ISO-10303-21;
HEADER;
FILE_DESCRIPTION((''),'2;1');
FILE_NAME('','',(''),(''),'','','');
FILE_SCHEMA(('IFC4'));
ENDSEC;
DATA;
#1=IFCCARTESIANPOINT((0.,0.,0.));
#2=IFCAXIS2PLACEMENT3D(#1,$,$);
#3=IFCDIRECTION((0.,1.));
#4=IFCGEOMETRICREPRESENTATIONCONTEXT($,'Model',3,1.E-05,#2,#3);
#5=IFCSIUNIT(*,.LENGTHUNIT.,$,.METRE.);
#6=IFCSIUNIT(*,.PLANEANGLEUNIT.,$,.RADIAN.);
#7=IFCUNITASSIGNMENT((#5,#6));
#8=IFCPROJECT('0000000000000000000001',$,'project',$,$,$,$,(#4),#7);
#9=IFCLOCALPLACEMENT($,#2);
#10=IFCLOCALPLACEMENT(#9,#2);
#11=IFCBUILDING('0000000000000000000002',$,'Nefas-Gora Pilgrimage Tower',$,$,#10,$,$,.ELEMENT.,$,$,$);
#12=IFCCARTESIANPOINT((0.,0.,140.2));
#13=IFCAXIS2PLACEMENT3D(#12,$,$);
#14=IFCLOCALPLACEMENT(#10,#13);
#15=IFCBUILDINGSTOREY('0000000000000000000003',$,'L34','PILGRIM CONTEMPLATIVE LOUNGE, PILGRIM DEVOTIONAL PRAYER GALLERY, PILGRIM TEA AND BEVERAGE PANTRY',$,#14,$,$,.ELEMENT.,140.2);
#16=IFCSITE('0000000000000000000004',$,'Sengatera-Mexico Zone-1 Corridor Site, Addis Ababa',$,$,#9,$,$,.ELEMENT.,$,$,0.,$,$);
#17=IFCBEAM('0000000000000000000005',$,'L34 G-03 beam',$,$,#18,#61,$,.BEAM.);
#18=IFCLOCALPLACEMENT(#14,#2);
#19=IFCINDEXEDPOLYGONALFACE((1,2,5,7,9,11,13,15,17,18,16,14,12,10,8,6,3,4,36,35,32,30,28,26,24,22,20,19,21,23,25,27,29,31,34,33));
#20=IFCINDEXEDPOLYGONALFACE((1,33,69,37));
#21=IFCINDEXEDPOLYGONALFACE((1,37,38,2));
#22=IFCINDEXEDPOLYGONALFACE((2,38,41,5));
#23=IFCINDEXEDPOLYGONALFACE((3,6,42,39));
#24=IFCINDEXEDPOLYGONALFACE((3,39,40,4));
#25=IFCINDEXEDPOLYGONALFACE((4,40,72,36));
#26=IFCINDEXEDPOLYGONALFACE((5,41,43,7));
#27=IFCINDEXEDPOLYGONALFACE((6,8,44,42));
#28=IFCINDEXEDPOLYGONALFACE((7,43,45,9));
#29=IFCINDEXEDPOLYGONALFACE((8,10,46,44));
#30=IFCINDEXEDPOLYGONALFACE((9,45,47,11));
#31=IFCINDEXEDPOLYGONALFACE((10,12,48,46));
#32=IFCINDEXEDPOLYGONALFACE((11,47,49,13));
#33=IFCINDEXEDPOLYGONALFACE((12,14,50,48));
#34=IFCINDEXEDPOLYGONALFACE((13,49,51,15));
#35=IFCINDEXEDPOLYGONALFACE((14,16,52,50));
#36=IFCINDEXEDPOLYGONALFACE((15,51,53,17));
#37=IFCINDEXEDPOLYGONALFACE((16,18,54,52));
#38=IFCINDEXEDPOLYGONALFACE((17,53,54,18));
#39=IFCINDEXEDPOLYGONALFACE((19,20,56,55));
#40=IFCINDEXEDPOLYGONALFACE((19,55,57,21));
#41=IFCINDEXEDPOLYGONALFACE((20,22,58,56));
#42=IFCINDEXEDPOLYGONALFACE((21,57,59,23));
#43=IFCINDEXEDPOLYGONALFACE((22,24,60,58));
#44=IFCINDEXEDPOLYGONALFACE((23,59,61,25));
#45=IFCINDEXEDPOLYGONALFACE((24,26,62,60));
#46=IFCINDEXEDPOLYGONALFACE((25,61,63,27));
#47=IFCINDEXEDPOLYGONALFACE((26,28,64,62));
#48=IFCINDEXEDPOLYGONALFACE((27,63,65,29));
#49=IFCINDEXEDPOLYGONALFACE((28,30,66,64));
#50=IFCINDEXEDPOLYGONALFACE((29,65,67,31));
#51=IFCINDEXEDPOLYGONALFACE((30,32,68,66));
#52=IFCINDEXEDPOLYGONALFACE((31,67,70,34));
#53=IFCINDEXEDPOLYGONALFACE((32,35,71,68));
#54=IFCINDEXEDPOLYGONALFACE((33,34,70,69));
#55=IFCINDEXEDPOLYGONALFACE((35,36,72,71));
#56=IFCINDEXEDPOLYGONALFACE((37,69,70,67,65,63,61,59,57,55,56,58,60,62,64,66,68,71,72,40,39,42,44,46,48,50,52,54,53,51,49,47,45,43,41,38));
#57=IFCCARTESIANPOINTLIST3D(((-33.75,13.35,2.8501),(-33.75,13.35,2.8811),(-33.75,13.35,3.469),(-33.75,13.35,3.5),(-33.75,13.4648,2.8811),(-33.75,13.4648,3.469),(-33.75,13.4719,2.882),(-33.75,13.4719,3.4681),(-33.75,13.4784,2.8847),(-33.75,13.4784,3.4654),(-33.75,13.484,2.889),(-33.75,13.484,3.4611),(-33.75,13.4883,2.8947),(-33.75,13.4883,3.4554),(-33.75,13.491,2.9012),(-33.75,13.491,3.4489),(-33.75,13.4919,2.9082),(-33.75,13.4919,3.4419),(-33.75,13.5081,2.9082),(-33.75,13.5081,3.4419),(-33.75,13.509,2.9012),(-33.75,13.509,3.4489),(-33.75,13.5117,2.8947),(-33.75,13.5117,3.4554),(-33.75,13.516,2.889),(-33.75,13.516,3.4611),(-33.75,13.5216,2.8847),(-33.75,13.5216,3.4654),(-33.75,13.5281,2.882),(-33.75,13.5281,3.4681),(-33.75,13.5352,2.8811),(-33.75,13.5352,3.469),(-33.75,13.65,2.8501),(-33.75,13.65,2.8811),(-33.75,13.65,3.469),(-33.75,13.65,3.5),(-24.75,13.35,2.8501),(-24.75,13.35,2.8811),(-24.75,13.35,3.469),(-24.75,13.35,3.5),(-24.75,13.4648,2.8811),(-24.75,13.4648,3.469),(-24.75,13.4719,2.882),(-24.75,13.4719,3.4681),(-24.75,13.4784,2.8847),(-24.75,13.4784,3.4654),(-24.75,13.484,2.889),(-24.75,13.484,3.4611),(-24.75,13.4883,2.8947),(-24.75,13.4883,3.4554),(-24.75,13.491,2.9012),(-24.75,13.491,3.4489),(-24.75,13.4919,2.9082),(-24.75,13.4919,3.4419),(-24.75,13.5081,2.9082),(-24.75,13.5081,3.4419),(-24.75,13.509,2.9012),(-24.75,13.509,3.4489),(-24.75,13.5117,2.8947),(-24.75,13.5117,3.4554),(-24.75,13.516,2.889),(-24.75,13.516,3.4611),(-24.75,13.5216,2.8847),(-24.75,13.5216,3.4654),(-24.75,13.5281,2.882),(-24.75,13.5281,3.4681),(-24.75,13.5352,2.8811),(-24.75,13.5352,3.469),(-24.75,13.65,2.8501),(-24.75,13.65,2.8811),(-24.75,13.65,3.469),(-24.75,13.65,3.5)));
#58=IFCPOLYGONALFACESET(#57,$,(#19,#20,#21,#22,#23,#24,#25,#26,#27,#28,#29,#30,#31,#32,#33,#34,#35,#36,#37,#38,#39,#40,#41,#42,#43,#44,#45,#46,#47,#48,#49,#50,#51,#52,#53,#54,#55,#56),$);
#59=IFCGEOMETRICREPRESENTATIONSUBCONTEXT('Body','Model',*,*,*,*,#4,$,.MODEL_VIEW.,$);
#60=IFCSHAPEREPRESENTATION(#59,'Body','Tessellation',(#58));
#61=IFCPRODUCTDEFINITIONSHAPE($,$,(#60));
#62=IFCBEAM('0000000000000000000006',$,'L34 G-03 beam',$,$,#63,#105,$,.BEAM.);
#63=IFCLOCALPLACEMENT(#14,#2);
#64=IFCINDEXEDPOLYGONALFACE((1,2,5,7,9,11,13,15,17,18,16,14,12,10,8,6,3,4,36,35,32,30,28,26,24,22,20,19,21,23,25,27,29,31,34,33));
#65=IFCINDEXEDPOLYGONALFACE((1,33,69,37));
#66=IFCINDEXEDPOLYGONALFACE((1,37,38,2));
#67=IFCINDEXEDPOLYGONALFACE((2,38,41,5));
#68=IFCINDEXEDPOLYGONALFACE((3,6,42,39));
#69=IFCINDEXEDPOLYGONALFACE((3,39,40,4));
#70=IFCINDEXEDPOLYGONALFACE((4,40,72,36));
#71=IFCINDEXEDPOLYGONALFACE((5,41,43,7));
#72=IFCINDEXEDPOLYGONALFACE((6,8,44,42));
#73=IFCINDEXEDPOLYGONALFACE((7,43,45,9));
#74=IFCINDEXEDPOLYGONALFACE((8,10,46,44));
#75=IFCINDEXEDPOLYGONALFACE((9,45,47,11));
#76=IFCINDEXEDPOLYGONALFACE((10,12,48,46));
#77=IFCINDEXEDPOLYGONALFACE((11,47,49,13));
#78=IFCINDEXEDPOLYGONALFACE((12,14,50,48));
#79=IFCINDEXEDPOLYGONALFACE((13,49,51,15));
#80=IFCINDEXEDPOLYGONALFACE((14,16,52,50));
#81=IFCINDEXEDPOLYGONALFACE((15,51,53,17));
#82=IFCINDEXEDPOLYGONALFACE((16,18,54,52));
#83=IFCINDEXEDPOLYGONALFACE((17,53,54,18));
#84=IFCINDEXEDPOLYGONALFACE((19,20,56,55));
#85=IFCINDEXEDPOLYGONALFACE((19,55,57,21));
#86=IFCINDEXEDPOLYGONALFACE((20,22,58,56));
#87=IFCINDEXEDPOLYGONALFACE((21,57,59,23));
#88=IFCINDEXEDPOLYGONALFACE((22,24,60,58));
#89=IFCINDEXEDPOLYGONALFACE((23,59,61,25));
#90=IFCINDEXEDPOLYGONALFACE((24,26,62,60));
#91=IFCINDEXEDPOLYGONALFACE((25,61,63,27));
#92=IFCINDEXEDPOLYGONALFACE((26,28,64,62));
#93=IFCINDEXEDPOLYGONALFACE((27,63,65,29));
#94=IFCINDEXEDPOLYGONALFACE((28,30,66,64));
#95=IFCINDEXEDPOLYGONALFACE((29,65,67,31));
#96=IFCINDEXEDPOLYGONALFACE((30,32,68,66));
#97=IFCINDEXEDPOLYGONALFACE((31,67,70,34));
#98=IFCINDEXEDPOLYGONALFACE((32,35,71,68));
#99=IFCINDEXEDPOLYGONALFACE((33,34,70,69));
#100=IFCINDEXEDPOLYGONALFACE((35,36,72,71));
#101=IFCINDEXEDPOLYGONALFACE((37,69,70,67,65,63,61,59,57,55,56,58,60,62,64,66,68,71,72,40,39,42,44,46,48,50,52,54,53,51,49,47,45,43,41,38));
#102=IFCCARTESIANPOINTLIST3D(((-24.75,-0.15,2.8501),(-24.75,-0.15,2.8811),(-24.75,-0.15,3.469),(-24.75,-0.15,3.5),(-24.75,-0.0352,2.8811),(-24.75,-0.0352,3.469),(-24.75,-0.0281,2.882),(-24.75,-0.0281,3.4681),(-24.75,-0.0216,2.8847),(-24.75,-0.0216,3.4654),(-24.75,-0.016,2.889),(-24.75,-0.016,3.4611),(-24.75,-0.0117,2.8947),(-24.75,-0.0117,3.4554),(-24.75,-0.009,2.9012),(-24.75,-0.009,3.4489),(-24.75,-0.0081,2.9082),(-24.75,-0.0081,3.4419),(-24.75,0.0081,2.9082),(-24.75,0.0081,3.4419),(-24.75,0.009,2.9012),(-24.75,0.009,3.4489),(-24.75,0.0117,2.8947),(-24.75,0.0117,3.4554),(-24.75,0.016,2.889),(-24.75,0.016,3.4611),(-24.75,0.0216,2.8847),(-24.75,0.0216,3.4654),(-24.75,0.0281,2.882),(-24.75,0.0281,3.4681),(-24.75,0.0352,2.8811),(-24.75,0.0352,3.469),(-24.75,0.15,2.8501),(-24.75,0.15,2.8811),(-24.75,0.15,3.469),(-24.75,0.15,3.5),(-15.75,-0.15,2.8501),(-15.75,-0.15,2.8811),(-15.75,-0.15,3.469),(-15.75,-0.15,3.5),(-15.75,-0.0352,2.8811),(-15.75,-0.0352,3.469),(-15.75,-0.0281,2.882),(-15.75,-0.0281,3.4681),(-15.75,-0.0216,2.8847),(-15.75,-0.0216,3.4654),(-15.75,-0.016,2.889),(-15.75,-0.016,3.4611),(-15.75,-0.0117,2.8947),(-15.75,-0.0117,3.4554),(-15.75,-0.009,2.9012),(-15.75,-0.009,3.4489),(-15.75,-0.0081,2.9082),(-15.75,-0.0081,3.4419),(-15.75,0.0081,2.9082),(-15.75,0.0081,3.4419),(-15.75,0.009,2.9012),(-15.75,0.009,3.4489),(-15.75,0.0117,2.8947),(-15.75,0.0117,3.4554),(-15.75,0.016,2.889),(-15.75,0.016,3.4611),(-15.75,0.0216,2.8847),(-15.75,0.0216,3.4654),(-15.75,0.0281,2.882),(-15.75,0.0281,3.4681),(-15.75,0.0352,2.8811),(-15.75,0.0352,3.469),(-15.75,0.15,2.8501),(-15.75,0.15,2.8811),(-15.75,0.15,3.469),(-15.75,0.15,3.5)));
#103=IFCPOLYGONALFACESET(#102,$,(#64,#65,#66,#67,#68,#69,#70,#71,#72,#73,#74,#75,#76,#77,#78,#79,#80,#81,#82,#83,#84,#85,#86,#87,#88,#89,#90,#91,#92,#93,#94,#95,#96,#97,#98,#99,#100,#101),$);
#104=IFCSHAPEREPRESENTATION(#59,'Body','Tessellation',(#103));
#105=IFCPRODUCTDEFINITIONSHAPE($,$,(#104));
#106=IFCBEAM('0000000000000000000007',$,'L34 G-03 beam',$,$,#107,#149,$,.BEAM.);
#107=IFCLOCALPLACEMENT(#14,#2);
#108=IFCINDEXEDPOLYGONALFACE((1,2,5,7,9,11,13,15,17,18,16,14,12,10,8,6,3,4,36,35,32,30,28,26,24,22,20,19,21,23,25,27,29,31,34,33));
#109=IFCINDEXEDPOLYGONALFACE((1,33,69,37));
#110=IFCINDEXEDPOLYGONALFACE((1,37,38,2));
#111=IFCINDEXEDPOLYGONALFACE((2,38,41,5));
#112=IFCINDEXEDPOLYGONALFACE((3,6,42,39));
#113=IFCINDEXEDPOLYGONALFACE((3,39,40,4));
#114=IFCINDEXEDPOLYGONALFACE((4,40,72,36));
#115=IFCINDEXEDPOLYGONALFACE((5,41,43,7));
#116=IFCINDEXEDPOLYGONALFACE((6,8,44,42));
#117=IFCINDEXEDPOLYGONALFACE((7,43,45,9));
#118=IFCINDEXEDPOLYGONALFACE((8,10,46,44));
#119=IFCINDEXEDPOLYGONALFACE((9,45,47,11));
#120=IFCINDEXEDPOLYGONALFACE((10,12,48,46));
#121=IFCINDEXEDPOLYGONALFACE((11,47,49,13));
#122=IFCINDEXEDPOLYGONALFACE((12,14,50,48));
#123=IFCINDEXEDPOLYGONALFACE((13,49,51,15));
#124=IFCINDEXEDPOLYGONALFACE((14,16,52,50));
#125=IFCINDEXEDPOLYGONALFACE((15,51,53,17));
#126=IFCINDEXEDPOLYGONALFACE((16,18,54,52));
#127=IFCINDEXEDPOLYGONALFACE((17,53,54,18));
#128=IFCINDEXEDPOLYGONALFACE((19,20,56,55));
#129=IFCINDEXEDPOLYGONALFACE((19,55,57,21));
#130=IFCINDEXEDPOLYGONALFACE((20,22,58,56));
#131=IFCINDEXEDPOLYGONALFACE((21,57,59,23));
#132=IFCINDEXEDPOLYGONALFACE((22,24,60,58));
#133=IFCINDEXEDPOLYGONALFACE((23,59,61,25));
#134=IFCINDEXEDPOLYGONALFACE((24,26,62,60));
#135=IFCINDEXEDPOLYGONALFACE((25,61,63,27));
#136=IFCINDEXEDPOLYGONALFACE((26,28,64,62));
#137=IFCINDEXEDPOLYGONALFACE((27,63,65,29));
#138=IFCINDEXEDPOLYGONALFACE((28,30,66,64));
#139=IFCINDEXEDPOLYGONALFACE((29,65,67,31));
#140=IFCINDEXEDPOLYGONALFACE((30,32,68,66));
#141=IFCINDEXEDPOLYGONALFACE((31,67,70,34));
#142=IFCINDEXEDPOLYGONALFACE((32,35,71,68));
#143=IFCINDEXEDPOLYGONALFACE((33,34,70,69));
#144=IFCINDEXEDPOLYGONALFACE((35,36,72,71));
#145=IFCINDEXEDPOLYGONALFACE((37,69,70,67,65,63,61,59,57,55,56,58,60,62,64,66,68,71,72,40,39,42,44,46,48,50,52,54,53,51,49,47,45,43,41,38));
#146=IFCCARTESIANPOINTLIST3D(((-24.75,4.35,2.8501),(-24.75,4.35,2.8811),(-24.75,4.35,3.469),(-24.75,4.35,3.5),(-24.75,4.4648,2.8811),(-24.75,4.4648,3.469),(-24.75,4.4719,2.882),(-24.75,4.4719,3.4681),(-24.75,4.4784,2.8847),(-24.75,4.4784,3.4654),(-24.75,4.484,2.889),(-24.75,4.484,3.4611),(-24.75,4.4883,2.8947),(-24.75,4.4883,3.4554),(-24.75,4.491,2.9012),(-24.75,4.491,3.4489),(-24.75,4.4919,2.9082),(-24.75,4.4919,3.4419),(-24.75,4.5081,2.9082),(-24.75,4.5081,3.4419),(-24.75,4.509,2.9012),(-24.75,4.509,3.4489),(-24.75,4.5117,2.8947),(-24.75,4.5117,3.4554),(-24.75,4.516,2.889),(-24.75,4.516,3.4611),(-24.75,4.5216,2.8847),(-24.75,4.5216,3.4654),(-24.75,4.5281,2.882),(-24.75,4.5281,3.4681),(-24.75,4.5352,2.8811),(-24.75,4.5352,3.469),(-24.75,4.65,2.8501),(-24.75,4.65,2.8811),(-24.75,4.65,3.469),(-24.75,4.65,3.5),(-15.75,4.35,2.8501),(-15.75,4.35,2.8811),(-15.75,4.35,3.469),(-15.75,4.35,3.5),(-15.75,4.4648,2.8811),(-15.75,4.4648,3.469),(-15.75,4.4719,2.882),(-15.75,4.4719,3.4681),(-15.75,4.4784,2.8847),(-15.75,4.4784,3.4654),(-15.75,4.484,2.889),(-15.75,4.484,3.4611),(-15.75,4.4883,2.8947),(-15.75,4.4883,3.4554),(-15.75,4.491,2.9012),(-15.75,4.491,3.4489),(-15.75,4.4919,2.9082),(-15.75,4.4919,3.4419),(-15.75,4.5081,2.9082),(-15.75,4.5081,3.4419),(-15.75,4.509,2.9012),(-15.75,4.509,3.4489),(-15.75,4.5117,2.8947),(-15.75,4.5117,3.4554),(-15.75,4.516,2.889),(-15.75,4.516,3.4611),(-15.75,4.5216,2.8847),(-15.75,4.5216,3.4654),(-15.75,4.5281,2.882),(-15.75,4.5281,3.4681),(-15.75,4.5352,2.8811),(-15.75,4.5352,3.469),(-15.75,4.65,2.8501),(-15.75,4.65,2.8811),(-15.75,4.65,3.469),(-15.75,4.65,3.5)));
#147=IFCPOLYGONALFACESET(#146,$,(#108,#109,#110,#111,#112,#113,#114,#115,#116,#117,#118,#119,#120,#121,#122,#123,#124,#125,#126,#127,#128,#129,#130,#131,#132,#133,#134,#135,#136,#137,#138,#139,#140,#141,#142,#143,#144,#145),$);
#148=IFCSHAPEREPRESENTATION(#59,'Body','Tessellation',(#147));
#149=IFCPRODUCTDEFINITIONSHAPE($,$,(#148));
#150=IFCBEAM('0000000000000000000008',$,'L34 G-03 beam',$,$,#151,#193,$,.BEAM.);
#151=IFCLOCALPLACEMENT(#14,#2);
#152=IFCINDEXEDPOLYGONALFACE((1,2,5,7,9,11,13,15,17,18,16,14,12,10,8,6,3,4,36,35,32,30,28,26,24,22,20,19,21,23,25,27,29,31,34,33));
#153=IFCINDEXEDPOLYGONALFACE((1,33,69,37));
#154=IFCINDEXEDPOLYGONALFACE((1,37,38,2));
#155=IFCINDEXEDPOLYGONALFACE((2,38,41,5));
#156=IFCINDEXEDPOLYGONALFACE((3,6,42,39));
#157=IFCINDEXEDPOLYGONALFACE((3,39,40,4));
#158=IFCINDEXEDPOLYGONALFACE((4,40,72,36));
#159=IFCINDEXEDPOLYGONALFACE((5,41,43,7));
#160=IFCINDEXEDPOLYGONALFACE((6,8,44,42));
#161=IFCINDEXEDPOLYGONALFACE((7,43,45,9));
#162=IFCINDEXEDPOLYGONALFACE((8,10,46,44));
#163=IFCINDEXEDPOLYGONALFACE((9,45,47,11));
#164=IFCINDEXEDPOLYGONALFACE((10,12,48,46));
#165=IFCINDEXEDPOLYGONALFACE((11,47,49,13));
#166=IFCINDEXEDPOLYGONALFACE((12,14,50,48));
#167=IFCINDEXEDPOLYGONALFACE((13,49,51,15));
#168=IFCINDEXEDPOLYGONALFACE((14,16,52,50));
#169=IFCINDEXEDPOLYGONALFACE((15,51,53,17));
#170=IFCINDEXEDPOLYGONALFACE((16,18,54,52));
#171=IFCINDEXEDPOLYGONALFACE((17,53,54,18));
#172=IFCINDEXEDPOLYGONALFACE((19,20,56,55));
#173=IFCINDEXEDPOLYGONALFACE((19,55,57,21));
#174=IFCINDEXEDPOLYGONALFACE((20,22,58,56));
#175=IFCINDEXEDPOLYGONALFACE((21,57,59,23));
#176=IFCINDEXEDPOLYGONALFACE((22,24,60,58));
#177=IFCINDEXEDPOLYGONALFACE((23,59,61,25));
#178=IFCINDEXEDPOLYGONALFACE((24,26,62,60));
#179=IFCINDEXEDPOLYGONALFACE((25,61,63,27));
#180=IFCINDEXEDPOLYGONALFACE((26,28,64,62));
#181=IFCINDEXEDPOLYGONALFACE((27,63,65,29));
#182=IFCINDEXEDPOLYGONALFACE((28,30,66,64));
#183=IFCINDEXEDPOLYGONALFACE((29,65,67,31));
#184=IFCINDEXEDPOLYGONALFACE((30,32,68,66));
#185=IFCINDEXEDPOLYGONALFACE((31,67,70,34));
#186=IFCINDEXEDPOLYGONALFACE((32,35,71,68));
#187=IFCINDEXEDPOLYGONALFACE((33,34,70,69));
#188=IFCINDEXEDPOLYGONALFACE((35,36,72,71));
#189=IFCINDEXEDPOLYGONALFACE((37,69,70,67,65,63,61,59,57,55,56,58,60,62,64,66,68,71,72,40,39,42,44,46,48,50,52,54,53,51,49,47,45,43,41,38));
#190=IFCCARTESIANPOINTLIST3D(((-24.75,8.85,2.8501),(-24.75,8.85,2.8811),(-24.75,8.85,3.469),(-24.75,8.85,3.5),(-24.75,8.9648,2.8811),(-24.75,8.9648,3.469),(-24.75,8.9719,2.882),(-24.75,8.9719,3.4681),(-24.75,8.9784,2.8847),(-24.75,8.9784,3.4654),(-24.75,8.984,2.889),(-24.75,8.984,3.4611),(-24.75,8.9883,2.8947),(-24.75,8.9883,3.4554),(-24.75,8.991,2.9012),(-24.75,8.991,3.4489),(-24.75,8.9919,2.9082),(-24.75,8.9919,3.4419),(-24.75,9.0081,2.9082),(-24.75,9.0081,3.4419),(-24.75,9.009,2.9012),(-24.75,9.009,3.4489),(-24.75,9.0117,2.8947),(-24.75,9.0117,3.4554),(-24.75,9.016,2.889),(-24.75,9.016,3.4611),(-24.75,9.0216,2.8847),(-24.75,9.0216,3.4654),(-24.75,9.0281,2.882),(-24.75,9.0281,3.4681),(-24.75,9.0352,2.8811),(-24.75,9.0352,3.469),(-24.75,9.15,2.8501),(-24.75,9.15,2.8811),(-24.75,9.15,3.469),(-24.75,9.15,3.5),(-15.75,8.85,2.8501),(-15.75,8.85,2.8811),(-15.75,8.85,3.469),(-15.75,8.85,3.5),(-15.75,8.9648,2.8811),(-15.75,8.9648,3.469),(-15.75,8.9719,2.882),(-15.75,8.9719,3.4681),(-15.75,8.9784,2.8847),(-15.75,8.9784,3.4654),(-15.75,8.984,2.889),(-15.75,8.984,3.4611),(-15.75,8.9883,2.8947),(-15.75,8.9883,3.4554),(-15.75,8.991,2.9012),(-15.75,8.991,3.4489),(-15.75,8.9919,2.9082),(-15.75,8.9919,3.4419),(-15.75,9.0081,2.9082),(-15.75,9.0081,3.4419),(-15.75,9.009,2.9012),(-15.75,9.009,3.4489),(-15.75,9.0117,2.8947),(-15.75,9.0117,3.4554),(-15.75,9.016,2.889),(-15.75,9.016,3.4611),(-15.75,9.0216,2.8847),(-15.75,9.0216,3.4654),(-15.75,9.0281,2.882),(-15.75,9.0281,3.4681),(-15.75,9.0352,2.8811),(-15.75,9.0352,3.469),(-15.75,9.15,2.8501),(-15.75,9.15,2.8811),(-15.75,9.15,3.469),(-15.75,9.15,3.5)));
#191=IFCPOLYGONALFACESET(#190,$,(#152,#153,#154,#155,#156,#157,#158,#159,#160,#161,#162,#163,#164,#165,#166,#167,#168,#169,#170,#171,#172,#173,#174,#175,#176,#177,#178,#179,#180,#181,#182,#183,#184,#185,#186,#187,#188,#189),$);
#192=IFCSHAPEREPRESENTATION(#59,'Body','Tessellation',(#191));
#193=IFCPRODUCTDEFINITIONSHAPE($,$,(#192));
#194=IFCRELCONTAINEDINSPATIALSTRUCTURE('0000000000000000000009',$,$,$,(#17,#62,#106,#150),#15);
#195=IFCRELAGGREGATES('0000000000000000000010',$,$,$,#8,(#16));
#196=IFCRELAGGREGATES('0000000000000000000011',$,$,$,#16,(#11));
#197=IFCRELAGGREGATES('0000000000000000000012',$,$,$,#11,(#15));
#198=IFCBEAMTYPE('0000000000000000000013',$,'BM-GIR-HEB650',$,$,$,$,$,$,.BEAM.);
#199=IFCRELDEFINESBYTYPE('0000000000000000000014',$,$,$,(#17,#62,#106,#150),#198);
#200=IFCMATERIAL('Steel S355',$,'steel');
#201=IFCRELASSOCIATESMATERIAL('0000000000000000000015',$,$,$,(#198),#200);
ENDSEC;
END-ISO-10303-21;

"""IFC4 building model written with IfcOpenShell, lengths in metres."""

from ifc_helpers import new_model, si_unit, direction, frame, origin, origin_2d, place, context, subcontext, project, spatial, i_section, extrude, source, transform, mapped, material, material_profile, profile_set, type_object, element, save


model = new_model("IFC4")

# Units and contexts
model_context = context("Model", 3, precision=1e-05, world=origin(), true_north=direction((0.0, 1.0)))
body_context = subcontext(model_context, "Body", "Model", "MODEL_VIEW")
ifc_project = project(units=[si_unit("LENGTHUNIT", "METRE"), si_unit("PLANEANGLEUNIT", "RADIAN")], contexts=[model_context])

# Site, building, storey
site_placement = place(None, origin())
site = spatial("IfcSite", under=ifc_project, at=site_placement, Name="Sengatera-Mexico Zone-1 Corridor Site, Addis Ababa", CompositionType="ELEMENT", RefElevation=0.0)
building_placement = place(site_placement, origin())
building = spatial("IfcBuilding", under=site, at=building_placement, Name="Nefas-Gora Pilgrimage Tower", CompositionType="ELEMENT")
storey_placement = place(building_placement, frame((0.0, 0.0, 140.2)))
storey = spatial("IfcBuildingStorey", under=building, at=storey_placement, Name="L34", Description="PILGRIM CONTEMPLATIVE LOUNGE, PILGRIM DEVOTIONAL PRAYER GALLERY, PILGRIM TEA AND BEVERAGE PANTRY", CompositionType="ELEMENT", Elevation=140.2)

# Beams
ifc_material_1 = material(Name="Steel S355", Category="steel")
ifc_material_profile_1 = material_profile(ifc_material_1, i_section(OverallWidth=0.3, OverallDepth=0.6499, WebThickness=0.0161, FlangeThickness=0.031, FilletRadius=0.0271, at=origin_2d()), Name="HEB 650")
ifc_profile_set_1 = profile_set([ifc_material_profile_1], Name="Steel S355")
beam_type_1 = type_object("IfcBeamType", Name="BM-GIR-HEB650", PredefinedType="BEAM", material=ifc_profile_set_1)
shared_shape_1 = source(origin(), body_context, "Body", "SweptSolid", [
    extrude(i_section(OverallWidth=0.3, OverallDepth=0.6499, WebThickness=0.0161, FlangeThickness=0.031, FilletRadius=0.0271, at=origin_2d()), origin(), (0.0, 0.0, 1.0), 9.0),
])
for number, where, z_axis, x_axis, name in (
    (1, (-33.75, 13.5, 3.175), (1.0, 0.0, 0.0), (0.0, 1.0, 0.0), "L34 G-03 beam"),
    (2, (-24.75, 0.0, 3.175), (1.0, 0.0, 0.0), (0.0, 1.0, 0.0), "L34 G-03 beam"),
    (3, (-24.75, 4.5, 3.175), (1.0, 0.0, 0.0), (0.0, 1.0, 0.0), "L34 G-03 beam"),
    (4, (-24.75, 9.0, 3.175), (1.0, 0.0, 0.0), (0.0, 1.0, 0.0), "L34 G-03 beam"),
):
    element("IfcBeam", number, at=place(storey_placement, frame(where, z_axis=z_axis, x_axis=x_axis)), inside=storey, type_object=beam_type_1, Name=name, PredefinedType="BEAM", context=body_context, shape_type="MappedRepresentation", body=[
        mapped(shared_shape_1, transform((0.0, 0.0, 0.0), x_axis=(1.0, 0.0, 0.0), y_axis=(0.0, 1.0, 0.0), z_axis=(0.0, 0.0, 1.0), scale=1.0)),
    ])

save(model, "model.ifc")
